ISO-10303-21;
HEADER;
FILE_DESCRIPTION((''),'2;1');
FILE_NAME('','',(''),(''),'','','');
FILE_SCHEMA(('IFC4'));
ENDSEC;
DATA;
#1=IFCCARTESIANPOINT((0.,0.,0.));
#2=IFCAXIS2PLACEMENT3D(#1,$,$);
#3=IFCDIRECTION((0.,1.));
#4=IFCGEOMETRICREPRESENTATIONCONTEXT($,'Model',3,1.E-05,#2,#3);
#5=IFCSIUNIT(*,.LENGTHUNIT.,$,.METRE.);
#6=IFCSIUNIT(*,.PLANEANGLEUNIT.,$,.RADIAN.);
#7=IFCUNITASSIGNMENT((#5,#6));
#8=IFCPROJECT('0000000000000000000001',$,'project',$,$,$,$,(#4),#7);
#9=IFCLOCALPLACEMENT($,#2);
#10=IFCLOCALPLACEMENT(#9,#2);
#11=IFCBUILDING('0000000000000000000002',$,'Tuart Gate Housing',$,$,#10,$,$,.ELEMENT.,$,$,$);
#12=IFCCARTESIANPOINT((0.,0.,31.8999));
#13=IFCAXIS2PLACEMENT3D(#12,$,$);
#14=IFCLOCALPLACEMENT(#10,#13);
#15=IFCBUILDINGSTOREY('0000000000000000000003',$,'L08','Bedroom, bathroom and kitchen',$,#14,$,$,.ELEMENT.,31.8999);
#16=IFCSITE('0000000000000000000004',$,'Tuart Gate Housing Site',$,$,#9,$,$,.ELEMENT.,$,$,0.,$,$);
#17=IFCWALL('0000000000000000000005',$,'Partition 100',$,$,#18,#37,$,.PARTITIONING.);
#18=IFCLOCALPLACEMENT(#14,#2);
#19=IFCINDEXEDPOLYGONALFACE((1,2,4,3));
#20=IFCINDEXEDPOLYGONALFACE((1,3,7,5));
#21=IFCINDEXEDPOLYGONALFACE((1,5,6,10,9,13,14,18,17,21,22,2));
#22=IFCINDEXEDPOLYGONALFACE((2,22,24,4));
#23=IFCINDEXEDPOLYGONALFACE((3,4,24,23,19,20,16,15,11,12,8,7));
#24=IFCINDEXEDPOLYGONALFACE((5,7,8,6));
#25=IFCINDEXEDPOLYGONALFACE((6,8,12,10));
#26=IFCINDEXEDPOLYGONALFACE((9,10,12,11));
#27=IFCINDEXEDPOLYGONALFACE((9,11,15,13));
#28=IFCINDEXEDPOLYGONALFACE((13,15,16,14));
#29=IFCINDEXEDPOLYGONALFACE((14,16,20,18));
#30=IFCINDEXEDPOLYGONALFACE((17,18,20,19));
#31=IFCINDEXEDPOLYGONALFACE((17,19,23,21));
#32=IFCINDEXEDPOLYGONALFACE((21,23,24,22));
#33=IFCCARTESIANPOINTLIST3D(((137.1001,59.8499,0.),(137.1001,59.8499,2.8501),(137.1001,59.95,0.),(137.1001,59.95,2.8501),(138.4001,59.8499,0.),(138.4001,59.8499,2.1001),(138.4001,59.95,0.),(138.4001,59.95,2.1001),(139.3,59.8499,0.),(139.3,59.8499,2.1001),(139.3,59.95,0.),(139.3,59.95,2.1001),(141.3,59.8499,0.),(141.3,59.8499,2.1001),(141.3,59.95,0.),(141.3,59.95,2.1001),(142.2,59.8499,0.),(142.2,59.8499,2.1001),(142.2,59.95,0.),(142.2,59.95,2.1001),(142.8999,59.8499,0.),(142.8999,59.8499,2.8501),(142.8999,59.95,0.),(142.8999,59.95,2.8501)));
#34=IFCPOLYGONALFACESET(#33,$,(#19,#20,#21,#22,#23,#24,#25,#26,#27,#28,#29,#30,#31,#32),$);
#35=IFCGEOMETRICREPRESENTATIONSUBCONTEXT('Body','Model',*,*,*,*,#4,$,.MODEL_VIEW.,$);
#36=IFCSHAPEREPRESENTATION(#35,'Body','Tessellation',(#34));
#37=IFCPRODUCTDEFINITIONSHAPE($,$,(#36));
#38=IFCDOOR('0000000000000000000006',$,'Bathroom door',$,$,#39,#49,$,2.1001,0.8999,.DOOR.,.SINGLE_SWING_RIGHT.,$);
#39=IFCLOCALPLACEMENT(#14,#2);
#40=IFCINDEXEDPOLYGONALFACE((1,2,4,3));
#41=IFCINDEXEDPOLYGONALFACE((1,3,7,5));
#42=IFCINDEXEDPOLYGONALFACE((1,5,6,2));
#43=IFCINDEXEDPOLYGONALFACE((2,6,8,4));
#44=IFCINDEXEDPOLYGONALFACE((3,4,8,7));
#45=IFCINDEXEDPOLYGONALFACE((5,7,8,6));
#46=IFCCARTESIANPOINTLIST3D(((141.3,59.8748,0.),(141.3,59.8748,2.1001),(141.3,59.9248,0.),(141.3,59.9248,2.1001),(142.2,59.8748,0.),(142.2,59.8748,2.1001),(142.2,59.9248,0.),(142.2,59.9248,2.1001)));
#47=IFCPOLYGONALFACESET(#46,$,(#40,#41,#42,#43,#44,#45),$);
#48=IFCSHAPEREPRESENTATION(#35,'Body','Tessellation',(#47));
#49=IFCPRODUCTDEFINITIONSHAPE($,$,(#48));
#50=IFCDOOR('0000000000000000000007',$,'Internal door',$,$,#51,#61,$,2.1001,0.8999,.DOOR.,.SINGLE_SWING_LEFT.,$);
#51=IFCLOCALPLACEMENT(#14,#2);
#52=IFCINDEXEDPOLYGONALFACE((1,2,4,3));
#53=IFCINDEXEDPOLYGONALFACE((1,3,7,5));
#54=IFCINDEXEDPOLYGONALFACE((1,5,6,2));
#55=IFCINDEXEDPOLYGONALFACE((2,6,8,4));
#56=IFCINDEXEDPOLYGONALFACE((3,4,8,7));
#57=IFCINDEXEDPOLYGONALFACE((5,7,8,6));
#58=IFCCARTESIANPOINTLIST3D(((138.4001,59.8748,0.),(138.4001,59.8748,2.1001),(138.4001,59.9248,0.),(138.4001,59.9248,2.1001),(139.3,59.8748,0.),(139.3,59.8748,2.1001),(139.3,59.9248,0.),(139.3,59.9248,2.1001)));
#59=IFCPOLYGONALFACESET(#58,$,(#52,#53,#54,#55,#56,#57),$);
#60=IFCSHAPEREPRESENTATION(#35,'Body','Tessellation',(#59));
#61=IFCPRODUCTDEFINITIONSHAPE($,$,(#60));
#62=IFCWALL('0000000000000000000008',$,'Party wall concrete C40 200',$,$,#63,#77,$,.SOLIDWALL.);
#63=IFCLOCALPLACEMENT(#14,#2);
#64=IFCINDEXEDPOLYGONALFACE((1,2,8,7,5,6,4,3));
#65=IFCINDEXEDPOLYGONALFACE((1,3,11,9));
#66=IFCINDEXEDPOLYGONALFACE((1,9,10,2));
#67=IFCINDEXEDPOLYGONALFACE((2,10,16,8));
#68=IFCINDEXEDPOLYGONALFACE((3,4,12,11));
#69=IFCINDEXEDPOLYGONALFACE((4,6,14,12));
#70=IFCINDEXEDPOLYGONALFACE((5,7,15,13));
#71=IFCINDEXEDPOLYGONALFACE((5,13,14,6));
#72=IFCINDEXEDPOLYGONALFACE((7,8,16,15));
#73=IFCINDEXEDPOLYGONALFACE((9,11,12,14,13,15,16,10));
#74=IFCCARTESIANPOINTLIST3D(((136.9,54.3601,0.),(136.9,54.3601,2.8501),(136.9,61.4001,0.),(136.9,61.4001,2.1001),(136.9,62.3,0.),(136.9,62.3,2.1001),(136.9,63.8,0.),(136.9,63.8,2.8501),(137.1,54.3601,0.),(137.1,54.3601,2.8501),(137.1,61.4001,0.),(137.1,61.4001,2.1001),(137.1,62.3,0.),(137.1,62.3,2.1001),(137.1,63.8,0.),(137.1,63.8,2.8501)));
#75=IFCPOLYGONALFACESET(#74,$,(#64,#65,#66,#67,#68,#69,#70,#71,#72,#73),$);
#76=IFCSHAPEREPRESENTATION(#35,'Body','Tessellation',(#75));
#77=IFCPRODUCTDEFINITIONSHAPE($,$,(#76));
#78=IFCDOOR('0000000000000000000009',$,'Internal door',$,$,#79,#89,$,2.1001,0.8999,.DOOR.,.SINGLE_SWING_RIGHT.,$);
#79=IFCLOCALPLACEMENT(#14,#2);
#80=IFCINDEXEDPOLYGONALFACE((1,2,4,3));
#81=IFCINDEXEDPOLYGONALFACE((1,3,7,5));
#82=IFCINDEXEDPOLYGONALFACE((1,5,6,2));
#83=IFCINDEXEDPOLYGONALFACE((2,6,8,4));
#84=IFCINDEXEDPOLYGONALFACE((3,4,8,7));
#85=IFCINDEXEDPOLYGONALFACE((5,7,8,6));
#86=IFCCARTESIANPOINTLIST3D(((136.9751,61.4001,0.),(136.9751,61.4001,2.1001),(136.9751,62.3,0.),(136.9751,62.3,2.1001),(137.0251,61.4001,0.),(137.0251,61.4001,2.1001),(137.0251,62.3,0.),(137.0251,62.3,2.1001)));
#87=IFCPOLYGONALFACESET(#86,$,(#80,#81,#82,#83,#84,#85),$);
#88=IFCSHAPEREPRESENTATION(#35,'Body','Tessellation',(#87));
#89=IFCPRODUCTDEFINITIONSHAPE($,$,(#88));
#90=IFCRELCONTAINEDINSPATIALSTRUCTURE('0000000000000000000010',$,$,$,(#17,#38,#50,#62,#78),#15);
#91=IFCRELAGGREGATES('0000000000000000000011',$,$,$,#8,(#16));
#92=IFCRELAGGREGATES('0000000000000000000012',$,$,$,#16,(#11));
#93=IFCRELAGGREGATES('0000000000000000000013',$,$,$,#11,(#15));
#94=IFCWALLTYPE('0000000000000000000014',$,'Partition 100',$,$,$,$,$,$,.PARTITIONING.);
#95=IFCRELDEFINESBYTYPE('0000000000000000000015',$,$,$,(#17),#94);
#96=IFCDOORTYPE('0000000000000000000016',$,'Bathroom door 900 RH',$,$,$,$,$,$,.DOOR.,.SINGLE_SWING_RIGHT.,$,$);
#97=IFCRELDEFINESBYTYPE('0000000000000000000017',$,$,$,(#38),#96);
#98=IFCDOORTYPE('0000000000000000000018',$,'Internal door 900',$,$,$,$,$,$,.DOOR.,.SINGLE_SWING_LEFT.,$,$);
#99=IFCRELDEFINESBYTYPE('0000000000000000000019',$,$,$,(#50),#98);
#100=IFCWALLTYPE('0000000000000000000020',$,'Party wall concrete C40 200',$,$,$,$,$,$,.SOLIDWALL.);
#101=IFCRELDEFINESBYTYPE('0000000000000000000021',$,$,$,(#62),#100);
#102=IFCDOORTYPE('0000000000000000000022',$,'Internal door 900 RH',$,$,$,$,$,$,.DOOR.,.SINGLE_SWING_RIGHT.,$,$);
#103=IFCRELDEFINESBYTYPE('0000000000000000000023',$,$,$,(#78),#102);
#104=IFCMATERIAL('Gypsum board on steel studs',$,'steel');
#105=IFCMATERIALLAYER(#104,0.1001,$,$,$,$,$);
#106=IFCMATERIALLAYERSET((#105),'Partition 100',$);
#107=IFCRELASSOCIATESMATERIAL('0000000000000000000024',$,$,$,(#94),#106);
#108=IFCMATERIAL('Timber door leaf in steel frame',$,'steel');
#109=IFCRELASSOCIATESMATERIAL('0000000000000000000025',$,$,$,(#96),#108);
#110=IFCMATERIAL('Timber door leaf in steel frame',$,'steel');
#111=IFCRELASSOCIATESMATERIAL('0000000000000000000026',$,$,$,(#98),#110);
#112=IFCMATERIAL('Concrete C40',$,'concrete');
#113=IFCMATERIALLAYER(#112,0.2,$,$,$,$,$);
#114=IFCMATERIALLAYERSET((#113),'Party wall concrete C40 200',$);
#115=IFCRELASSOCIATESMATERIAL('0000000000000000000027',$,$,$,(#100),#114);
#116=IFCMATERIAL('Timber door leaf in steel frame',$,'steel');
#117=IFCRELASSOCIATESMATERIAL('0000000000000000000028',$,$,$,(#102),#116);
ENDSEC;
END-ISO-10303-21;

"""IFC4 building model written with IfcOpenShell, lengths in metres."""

from ifc_helpers import new_model, si_unit, direction, frame, frame_2d, origin, place, context, subcontext, project, spatial, rectangle, extrude, material, layer, layer_set, type_object, element, fill, save


model = new_model("IFC4")

# Units and contexts
model_context = context("Model", 3, precision=1e-05, world=origin(), true_north=direction((0.0, 1.0)))
body_context = subcontext(model_context, "Body", "Model", "MODEL_VIEW")
ifc_project = project(units=[si_unit("LENGTHUNIT", "METRE"), si_unit("PLANEANGLEUNIT", "RADIAN")], contexts=[model_context])

# Site, building, storey
site_placement = place(None, origin())
site = spatial("IfcSite", under=ifc_project, at=site_placement, Name="Tuart Gate Housing Site", CompositionType="ELEMENT", RefElevation=0.0)
building_placement = place(site_placement, origin())
building = spatial("IfcBuilding", under=site, at=building_placement, Name="Tuart Gate Housing", CompositionType="ELEMENT")
storey_placement = place(building_placement, frame((0.0, 0.0, 31.8999)))
storey = spatial("IfcBuildingStorey", under=building, at=storey_placement, Name="L08", Description="Bedroom, bathroom and kitchen", CompositionType="ELEMENT", Elevation=31.8999)

# Wall, openings, doors
ifc_material_1 = material(Name="Gypsum board on steel studs", Category="steel")
ifc_layer_1 = layer(ifc_material_1, 0.1001)
ifc_layer_set_1 = layer_set([ifc_layer_1], Name="Partition 100")
wall_type_1 = type_object("IfcWallType", Name="Partition 100", PredefinedType="PARTITIONING", material=ifc_layer_set_1)
wall_1_placement = place(storey_placement, frame((137.1001, 59.8999, 0.0), z_axis=(0.0, 0.0, 1.0), x_axis=(1.0, 0.0, 0.0)))
wall_1 = element("IfcWall", 1, at=wall_1_placement, inside=storey, type_object=wall_type_1, Name="Partition 100", PredefinedType="PARTITIONING", context=body_context, shape_type="SweptSolid", body=[
    extrude(rectangle(XDim=5.7998, YDim=0.1001, at=frame_2d((2.8999, 0.0))), origin(), (0.0, 0.0, 1.0), 2.8501),
])
opening_1_placement = place(wall_1_placement, frame((1.3, 0.0, 0.0)))
opening_1 = element("IfcOpeningElement", 2, at=opening_1_placement, cuts=wall_1, PredefinedType="OPENING", context=body_context, shape_type="SweptSolid", body=[
    extrude(rectangle(XDim=0.8999, YDim=2.1001, at=frame_2d((0.45, 1.05))), frame((0.0, 0.0601, 0.0), z_axis=(0.0, -1.0, 0.0), x_axis=(1.0, 0.0, 0.0)), (0.0, 0.0, 1.0), 0.1201),
])
opening_2_placement = place(wall_1_placement, frame((4.2, 0.0, 0.0)))
opening_2 = element("IfcOpeningElement", 3, at=opening_2_placement, cuts=wall_1, PredefinedType="OPENING", context=body_context, shape_type="SweptSolid", body=[
    extrude(rectangle(XDim=0.8999, YDim=2.1001, at=frame_2d((0.45, 1.05))), frame((0.0, 0.0601, 0.0), z_axis=(0.0, -1.0, 0.0), x_axis=(1.0, 0.0, 0.0)), (0.0, 0.0, 1.0), 0.1201),
])
ifc_material_2 = material(Name="Timber door leaf in steel frame", Category="steel")
door_type_1 = type_object("IfcDoorType", Name="Bathroom door 900 RH", OperationType="SINGLE_SWING_RIGHT", PredefinedType="DOOR", material=ifc_material_2)
door_1_placement = place(opening_2_placement, frame((0.8999, 0.0, 0.0), z_axis=(0.0, 0.0, 1.0), x_axis=(-1.0, 0.0, 0.0)))
door_1 = element("IfcDoor", 4, at=door_1_placement, inside=storey, type_object=door_type_1, Name="Bathroom door", OperationType="SINGLE_SWING_RIGHT", OverallHeight=2.1001, OverallWidth=0.8999, PredefinedType="DOOR", context=body_context, shape_type="SweptSolid", body=[
    extrude(rectangle(XDim=0.8999, YDim=2.1001, at=frame_2d((0.45, 1.05))), frame((0.0, 0.0251, 0.0), z_axis=(0.0, -1.0, 0.0), x_axis=(1.0, 0.0, 0.0)), (0.0, 0.0, 1.0), 0.05),
])
fill(opening_2, door_1)
ifc_material_3 = material(Name="Timber door leaf in steel frame", Category="steel")
door_type_2 = type_object("IfcDoorType", Name="Internal door 900", OperationType="SINGLE_SWING_LEFT", PredefinedType="DOOR", material=ifc_material_3)
door_2_placement = place(opening_1_placement, frame((0.8999, 0.0, 0.0), z_axis=(0.0, 0.0, 1.0), x_axis=(-1.0, 0.0, 0.0)))
door_2 = element("IfcDoor", 5, at=door_2_placement, inside=storey, type_object=door_type_2, Name="Internal door", OperationType="SINGLE_SWING_LEFT", OverallHeight=2.1001, OverallWidth=0.8999, PredefinedType="DOOR", context=body_context, shape_type="SweptSolid", body=[
    extrude(rectangle(XDim=0.8999, YDim=2.1001, at=frame_2d((0.45, 1.05))), frame((0.0, 0.0251, 0.0), z_axis=(0.0, -1.0, 0.0), x_axis=(1.0, 0.0, 0.0)), (0.0, 0.0, 1.0), 0.05),
])
fill(opening_1, door_2)

# Wall, opening, door
ifc_material_4 = material(Name="Concrete C40", Category="concrete")
ifc_layer_2 = layer(ifc_material_4, 0.2)
ifc_layer_set_2 = layer_set([ifc_layer_2], Name="Party wall concrete C40 200")
wall_type_2 = type_object("IfcWallType", Name="Party wall concrete C40 200", PredefinedType="SOLIDWALL", material=ifc_layer_set_2)
wall_2_placement = place(storey_placement, frame((137.0, 54.3601, 0.0), z_axis=(0.0, 0.0, 1.0), x_axis=(0.0, 1.0, 0.0)))
wall_2 = element("IfcWall", 6, at=wall_2_placement, inside=storey, type_object=wall_type_2, Name="Party wall concrete C40 200", PredefinedType="SOLIDWALL", context=body_context, shape_type="SweptSolid", body=[
    extrude(rectangle(XDim=9.4399, YDim=0.2, at=frame_2d((4.72, 0.0))), origin(), (0.0, 0.0, 1.0), 2.8501),
])
opening_3_placement = place(wall_2_placement, frame((7.04, 0.0, 0.0)))
opening_3 = element("IfcOpeningElement", 7, at=opening_3_placement, cuts=wall_2, PredefinedType="OPENING", context=body_context, shape_type="SweptSolid", body=[
    extrude(rectangle(XDim=0.8999, YDim=2.1001, at=frame_2d((0.45, 1.05))), frame((0.0, 0.1099, 0.0), z_axis=(0.0, -1.0, 0.0), x_axis=(1.0, 0.0, 0.0)), (0.0, 0.0, 1.0), 0.22),
])
ifc_material_5 = material(Name="Timber door leaf in steel frame", Category="steel")
door_type_3 = type_object("IfcDoorType", Name="Internal door 900 RH", OperationType="SINGLE_SWING_RIGHT", PredefinedType="DOOR", material=ifc_material_5)
door_3_placement = place(opening_3_placement, frame((0.8999, 0.0, 0.0), z_axis=(0.0, 0.0, 1.0), x_axis=(-1.0, 0.0, 0.0)))
door_3 = element("IfcDoor", 8, at=door_3_placement, inside=storey, type_object=door_type_3, Name="Internal door", OperationType="SINGLE_SWING_RIGHT", OverallHeight=2.1001, OverallWidth=0.8999, PredefinedType="DOOR", context=body_context, shape_type="SweptSolid", body=[
    extrude(rectangle(XDim=0.8999, YDim=2.1001, at=frame_2d((0.45, 1.05))), frame((0.0, 0.0251, 0.0), z_axis=(0.0, -1.0, 0.0), x_axis=(1.0, 0.0, 0.0)), (0.0, 0.0, 1.0), 0.05),
])
fill(opening_3, door_3)

save(model, "model.ifc")
